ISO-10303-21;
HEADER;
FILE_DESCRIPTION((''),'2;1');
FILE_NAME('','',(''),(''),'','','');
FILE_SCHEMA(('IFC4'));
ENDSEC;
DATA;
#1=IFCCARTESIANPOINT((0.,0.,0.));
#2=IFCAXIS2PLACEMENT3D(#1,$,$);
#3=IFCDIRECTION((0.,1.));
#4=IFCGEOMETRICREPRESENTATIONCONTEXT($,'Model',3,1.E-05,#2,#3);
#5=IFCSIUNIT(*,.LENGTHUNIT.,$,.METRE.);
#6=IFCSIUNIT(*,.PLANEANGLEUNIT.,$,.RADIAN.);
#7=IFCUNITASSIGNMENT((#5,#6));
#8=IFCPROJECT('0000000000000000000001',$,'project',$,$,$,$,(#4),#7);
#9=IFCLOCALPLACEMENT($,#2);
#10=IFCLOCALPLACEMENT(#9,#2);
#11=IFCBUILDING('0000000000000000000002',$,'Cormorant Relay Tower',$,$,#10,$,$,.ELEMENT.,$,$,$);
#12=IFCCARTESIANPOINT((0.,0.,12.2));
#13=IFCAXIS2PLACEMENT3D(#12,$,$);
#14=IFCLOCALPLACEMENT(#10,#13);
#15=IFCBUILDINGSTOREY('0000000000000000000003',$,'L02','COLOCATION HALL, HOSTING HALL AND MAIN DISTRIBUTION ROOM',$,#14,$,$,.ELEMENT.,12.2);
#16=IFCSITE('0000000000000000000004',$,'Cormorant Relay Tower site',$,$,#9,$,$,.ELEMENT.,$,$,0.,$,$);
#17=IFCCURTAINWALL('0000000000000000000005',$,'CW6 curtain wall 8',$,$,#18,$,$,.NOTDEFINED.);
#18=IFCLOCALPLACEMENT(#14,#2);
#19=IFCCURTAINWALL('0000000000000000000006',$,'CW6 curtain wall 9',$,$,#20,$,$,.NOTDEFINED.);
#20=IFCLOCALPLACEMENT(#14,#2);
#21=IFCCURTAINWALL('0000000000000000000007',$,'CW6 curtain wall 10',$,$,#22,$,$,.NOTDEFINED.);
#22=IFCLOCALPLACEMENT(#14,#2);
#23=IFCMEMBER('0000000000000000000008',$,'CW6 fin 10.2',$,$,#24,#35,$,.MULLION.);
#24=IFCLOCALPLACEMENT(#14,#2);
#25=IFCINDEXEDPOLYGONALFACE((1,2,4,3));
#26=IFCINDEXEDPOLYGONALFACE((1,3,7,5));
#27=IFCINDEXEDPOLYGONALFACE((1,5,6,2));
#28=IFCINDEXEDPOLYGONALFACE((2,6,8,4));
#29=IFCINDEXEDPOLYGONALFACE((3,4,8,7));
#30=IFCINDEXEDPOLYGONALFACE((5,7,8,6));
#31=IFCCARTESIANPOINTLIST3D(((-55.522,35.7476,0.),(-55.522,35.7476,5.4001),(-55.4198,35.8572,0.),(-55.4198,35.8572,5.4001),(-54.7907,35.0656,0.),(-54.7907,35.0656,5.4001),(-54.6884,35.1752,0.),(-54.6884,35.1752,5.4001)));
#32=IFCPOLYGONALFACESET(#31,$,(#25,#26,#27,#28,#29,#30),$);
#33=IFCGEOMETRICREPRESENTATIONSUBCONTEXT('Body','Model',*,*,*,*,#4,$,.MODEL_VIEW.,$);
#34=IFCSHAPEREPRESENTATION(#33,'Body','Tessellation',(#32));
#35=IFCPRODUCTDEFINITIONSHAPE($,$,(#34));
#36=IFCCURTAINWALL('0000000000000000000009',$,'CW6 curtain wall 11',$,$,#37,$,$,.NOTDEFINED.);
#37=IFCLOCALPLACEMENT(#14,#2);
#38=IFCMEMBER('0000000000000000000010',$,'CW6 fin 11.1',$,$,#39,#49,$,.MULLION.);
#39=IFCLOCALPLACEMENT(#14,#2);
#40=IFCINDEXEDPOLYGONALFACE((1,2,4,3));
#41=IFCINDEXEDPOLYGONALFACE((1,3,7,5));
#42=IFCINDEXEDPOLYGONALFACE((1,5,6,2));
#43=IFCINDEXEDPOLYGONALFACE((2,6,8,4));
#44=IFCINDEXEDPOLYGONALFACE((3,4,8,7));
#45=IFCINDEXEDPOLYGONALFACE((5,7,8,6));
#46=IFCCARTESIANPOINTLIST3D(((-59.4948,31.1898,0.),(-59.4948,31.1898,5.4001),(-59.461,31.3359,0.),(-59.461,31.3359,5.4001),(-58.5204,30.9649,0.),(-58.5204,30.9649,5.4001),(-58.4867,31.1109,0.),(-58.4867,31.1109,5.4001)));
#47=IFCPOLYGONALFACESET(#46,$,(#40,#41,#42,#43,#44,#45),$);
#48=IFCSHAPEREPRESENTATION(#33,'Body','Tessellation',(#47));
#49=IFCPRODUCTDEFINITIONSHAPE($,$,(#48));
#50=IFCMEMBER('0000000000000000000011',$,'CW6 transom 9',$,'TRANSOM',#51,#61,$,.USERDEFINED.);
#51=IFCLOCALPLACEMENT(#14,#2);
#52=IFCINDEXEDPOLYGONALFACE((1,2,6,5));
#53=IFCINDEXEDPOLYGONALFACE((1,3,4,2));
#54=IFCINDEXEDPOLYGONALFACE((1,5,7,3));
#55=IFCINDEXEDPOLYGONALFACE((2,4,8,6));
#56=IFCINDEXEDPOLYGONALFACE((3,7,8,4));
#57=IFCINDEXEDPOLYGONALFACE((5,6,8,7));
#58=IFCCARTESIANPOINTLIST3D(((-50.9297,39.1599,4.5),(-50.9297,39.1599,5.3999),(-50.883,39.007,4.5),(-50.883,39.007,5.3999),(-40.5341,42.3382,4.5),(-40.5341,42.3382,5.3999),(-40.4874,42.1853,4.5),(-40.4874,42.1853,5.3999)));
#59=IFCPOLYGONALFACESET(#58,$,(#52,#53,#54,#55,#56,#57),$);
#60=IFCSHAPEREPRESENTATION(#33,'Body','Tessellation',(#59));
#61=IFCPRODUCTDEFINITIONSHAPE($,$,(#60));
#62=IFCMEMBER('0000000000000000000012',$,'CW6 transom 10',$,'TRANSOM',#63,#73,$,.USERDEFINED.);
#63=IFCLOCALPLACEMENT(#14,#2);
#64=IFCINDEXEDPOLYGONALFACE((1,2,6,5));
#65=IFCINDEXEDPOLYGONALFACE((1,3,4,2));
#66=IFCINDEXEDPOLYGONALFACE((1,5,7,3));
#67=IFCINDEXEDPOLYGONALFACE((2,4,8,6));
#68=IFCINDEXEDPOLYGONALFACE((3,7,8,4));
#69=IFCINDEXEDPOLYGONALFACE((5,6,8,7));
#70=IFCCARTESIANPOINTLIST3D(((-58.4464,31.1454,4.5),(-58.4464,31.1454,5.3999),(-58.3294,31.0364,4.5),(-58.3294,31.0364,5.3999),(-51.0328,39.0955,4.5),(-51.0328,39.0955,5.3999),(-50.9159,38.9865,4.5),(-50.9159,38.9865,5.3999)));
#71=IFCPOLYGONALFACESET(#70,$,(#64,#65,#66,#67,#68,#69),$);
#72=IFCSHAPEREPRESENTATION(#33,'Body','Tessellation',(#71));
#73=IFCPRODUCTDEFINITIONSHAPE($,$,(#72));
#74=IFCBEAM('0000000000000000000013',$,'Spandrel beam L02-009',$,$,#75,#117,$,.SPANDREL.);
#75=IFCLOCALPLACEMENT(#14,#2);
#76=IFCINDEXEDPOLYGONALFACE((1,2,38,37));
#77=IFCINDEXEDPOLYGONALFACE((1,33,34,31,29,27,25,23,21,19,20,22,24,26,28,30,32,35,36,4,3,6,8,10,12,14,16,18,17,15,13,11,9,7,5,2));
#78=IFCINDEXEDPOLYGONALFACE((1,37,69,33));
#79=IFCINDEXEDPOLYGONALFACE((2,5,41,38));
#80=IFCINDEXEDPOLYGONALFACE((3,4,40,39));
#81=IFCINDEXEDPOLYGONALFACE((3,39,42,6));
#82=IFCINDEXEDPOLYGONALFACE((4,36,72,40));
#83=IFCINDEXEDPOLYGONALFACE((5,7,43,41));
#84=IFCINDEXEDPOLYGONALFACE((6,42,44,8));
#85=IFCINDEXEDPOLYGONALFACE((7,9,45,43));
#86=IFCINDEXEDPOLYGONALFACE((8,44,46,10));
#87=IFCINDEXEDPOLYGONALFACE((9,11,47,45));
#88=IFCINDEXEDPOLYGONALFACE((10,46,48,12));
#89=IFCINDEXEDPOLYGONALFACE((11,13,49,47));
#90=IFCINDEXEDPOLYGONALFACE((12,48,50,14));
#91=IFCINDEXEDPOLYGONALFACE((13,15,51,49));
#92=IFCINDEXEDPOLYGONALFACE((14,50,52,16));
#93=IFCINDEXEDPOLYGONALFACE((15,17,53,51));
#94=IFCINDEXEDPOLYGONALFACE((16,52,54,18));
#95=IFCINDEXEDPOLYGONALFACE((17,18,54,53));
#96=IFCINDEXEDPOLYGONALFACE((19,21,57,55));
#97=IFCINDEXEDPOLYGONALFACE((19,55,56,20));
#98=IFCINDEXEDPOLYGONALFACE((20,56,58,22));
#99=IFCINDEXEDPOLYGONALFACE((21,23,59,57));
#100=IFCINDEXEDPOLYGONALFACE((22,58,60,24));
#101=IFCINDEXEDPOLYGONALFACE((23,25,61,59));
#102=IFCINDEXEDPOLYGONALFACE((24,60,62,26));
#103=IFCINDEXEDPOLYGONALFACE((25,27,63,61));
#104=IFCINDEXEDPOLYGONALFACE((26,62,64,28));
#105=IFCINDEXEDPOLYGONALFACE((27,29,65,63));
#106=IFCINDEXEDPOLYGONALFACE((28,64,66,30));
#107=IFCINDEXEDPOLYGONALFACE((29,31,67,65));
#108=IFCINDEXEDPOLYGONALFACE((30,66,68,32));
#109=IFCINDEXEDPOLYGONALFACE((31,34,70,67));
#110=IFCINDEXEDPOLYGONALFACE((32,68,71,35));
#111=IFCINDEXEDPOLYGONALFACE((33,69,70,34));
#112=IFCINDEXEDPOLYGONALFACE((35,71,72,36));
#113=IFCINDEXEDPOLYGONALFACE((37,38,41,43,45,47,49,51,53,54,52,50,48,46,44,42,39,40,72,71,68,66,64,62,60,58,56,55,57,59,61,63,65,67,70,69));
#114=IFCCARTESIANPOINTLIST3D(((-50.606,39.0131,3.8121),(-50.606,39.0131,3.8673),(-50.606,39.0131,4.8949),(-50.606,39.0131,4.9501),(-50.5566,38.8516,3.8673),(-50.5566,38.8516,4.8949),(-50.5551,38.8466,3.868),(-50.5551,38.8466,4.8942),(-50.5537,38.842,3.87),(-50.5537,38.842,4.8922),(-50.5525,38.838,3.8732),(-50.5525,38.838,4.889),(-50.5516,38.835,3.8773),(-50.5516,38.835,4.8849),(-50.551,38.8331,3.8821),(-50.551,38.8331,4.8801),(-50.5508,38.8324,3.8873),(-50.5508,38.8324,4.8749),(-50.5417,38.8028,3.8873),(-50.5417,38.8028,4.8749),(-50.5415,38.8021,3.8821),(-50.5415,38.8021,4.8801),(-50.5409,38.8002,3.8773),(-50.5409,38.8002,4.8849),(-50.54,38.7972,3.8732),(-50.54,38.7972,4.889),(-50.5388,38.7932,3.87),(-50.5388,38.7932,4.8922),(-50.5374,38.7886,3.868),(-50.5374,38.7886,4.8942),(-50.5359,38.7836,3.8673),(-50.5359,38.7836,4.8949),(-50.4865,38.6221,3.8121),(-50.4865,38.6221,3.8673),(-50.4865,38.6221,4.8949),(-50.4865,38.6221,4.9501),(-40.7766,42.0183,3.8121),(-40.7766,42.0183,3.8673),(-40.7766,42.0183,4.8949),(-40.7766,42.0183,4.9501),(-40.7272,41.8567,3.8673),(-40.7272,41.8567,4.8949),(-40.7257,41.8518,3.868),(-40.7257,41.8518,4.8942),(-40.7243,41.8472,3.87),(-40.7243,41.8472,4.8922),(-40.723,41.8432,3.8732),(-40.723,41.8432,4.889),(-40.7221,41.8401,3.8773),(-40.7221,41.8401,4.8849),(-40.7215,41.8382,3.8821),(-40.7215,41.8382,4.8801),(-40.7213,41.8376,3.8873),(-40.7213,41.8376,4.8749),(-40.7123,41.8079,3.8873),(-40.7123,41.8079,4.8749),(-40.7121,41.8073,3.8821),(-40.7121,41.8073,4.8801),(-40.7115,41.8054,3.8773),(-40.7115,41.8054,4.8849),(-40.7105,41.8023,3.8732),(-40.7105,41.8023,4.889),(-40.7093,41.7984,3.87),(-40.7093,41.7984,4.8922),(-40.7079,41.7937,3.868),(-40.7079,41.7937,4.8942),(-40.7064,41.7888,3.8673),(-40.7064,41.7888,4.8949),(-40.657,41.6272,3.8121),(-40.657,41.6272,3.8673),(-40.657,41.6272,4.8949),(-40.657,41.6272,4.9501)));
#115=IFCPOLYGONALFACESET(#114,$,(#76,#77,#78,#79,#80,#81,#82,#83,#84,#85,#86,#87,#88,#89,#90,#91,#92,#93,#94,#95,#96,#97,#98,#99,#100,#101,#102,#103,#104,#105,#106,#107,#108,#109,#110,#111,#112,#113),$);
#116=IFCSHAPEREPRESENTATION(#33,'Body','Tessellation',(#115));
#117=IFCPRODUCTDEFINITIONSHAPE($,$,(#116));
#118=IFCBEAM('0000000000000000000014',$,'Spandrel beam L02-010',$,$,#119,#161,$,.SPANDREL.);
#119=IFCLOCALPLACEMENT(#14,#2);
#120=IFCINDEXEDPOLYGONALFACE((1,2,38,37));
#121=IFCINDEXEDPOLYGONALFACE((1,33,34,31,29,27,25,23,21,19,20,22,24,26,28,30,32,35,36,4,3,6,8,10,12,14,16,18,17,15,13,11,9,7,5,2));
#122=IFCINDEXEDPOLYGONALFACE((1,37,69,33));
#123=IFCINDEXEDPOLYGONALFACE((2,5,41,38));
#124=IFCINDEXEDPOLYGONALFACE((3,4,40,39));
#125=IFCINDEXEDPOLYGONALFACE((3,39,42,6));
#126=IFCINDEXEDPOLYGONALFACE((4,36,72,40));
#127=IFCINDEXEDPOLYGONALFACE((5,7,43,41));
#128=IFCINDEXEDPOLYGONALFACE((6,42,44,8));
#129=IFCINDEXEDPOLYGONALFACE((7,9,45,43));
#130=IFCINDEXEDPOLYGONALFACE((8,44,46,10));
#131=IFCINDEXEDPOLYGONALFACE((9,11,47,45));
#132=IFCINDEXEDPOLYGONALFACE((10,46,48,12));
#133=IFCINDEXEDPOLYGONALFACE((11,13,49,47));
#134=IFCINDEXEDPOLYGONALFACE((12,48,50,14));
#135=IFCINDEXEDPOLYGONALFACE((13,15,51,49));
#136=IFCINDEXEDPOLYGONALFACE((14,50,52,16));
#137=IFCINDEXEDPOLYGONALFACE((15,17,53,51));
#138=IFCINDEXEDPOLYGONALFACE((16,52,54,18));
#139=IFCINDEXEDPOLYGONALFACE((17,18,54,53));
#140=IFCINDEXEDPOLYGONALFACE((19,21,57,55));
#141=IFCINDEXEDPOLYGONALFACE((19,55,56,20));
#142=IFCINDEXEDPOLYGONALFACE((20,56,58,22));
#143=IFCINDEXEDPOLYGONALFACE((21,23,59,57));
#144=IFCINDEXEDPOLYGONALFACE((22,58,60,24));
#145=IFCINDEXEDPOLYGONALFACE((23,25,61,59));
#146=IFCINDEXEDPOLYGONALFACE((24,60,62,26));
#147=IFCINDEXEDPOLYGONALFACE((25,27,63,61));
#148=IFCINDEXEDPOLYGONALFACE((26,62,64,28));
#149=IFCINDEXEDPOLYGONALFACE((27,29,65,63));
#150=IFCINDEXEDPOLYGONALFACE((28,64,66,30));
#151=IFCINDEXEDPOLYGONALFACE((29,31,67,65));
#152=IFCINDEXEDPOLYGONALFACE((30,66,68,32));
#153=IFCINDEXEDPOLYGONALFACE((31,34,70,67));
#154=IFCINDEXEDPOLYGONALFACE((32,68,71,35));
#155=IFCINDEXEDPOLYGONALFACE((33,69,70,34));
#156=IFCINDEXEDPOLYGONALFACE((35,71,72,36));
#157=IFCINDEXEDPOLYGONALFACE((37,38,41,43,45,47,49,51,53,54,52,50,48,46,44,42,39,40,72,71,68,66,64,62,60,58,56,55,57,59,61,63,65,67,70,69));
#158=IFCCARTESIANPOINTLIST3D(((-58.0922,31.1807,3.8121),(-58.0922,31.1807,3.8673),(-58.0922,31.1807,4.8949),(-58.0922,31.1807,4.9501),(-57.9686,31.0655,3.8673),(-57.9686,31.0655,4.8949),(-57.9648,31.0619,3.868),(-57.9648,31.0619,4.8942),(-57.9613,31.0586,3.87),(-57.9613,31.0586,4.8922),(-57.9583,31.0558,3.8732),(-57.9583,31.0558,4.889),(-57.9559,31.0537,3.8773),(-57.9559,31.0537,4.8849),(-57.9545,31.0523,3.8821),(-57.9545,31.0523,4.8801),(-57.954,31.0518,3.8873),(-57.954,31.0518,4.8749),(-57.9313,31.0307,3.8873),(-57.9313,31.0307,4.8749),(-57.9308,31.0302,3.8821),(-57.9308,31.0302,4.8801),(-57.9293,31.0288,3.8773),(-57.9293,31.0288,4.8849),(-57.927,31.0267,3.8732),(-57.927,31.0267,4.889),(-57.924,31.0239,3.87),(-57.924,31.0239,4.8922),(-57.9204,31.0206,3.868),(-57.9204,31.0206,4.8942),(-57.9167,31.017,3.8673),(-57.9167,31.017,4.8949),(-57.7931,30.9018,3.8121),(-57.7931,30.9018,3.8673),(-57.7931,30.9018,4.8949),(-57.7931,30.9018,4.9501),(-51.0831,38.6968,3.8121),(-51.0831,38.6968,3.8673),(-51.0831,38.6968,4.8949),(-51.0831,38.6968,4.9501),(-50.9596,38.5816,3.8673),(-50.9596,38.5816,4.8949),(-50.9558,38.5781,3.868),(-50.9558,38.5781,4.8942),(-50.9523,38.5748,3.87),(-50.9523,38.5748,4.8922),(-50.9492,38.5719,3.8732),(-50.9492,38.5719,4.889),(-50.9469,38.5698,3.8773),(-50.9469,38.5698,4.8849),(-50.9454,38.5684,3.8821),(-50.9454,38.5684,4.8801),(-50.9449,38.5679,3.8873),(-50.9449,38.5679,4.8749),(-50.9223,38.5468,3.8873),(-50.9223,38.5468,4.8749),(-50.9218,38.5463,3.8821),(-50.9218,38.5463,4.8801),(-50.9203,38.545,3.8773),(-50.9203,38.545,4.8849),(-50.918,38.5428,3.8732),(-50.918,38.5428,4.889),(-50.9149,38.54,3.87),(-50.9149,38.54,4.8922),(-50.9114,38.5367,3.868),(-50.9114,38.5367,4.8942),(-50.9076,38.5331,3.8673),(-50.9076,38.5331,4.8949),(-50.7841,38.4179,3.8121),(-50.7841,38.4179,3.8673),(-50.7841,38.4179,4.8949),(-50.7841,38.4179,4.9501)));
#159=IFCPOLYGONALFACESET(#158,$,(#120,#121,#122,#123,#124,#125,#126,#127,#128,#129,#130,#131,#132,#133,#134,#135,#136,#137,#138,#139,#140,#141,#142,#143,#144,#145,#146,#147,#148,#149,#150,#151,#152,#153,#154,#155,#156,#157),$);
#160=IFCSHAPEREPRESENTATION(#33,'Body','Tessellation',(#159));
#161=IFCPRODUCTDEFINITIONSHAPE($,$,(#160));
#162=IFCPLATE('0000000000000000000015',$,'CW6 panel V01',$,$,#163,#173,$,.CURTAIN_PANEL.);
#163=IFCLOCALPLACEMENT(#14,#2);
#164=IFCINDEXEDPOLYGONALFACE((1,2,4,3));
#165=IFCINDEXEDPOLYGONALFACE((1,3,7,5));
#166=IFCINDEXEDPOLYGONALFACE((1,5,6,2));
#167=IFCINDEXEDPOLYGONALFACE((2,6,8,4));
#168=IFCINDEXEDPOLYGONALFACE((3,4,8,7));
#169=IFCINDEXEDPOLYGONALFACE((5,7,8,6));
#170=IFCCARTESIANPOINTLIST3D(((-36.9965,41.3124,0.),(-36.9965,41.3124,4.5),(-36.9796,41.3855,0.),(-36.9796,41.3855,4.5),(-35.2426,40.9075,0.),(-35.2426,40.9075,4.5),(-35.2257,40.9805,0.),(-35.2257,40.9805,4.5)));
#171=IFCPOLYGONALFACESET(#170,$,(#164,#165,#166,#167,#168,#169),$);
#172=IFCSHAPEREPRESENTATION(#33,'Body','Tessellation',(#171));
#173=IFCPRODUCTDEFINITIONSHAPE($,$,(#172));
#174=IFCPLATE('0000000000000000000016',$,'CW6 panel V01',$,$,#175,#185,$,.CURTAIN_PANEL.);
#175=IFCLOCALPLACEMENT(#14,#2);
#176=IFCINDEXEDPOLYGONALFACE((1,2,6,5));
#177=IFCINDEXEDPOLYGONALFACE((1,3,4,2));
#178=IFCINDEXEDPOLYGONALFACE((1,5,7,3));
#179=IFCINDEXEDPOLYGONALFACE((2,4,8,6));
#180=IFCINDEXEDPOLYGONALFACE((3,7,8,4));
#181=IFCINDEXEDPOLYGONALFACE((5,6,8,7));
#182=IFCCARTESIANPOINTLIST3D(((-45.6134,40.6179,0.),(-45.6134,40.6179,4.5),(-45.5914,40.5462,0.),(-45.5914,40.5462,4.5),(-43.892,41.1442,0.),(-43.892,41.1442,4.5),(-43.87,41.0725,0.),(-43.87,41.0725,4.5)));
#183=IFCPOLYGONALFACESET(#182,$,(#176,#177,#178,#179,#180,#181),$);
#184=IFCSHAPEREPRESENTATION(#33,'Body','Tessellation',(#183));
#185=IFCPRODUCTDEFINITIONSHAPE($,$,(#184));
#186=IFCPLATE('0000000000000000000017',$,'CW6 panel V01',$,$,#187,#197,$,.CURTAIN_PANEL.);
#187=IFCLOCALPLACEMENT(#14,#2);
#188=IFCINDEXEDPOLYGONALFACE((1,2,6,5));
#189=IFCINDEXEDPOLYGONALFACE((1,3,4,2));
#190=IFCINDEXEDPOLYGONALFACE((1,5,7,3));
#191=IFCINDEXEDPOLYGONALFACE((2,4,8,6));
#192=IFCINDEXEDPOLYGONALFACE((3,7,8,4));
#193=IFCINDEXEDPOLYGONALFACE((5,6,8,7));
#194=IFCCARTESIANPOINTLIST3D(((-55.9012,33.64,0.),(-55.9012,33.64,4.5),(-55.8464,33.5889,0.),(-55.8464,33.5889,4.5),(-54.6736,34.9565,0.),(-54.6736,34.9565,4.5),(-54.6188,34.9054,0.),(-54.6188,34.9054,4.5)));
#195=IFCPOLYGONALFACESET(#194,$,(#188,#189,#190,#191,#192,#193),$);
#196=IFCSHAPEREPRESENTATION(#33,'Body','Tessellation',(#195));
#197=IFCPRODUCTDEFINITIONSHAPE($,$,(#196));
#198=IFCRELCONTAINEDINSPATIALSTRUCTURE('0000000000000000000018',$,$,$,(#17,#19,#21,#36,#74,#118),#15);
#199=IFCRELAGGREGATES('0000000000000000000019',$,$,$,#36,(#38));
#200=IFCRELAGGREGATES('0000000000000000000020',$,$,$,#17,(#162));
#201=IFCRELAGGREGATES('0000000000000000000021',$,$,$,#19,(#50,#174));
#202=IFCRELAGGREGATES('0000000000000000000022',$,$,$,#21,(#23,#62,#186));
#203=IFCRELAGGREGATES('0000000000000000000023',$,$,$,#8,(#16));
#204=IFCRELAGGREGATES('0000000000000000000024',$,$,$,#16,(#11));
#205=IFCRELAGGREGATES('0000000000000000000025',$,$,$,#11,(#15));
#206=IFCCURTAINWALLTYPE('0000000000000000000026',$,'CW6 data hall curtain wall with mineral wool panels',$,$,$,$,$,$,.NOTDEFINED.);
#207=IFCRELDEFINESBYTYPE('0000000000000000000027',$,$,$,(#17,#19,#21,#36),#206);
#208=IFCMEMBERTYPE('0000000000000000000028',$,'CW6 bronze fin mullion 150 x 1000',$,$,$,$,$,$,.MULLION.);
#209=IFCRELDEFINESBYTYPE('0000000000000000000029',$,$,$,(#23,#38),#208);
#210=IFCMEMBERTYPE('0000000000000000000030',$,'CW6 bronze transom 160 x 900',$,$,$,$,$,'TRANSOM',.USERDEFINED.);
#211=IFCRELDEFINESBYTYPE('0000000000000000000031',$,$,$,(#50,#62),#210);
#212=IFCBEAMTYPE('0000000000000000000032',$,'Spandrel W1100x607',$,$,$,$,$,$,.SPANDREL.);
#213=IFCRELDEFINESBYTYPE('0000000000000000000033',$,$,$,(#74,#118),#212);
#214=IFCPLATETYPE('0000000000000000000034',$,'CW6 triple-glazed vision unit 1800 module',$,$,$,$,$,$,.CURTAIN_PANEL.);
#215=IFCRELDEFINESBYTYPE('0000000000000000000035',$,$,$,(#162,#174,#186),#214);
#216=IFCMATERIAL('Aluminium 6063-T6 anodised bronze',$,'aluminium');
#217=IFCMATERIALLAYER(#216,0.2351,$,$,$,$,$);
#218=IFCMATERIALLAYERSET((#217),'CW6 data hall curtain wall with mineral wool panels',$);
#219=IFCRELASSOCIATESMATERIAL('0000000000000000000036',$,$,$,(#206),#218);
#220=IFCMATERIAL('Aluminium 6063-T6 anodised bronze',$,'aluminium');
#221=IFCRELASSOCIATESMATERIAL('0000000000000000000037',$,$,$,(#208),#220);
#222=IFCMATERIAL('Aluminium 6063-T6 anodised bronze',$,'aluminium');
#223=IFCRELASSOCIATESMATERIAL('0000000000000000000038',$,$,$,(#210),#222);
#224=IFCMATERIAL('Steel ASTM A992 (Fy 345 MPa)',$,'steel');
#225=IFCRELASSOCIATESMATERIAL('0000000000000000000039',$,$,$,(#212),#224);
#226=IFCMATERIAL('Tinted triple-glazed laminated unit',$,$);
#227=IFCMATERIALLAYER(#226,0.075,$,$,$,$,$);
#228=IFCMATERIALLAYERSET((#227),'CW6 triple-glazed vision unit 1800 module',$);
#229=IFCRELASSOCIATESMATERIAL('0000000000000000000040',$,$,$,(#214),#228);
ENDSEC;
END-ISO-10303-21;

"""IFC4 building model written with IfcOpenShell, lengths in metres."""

from ifc_helpers import new_model, si_unit, direction, frame, origin, origin_2d, place, context, subcontext, project, spatial, rectangle, i_section, extrude, material, layer, layer_set, material_profile, profile_set, type_object, element, aggregate, save


model = new_model("IFC4")

# Units and contexts
model_context = context("Model", 3, precision=1e-05, world=origin(), true_north=direction((0.0, 1.0)))
body_context = subcontext(model_context, "Body", "Model", "MODEL_VIEW")
ifc_project = project(units=[si_unit("LENGTHUNIT", "METRE"), si_unit("PLANEANGLEUNIT", "RADIAN")], contexts=[model_context])

# Site, building, storey
site_placement = place(None, origin())
site = spatial("IfcSite", under=ifc_project, at=site_placement, Name="Cormorant Relay Tower site", CompositionType="ELEMENT", RefElevation=0.0)
building_placement = place(site_placement, origin())
building = spatial("IfcBuilding", under=site, at=building_placement, Name="Cormorant Relay Tower", CompositionType="ELEMENT")
storey_placement = place(building_placement, frame((0.0, 0.0, 12.2)))
storey = spatial("IfcBuildingStorey", under=building, at=storey_placement, Name="L02", Description="COLOCATION HALL, HOSTING HALL AND MAIN DISTRIBUTION ROOM", CompositionType="ELEMENT", Elevation=12.2)

# Curtain wall
ifc_material_1 = material(Name="Aluminium 6063-T6 anodised bronze", Category="aluminium")
ifc_layer_1 = layer(ifc_material_1, 0.2351)
ifc_layer_set_1 = layer_set([ifc_layer_1], Name="CW6 data hall curtain wall with mineral wool panels")
curtain_wall_type = type_object("IfcCurtainWallType", Name="CW6 data hall curtain wall with mineral wool panels", PredefinedType="NOTDEFINED", material=ifc_layer_set_1)
curtain_wall_1_placement = place(storey_placement, origin())
curtain_wall_1 = element("IfcCurtainWall", 1, at=curtain_wall_1_placement, inside=storey, type_object=curtain_wall_type, Name="CW6 curtain wall 8", PredefinedType="NOTDEFINED")
ifc_material_2 = material(Name="Aluminium 6063-T6 anodised bronze", Category="aluminium")
ifc_material_profile_1 = material_profile(ifc_material_2, rectangle(XDim=0.1499, YDim=1.0, at=origin_2d()), Name="AL 150x1000")
ifc_profile_set_1 = profile_set([ifc_material_profile_1], Name="Aluminium 6063-T6 anodised bronze")
member_type_1 = type_object("IfcMemberType", Name="CW6 bronze fin mullion 150 x 1000", PredefinedType="MULLION", material=ifc_profile_set_1)

# Curtain walls, member
curtain_wall_2_placement = place(storey_placement, origin())
curtain_wall_2 = element("IfcCurtainWall", 2, at=curtain_wall_2_placement, inside=storey, type_object=curtain_wall_type, Name="CW6 curtain wall 9", PredefinedType="NOTDEFINED")
curtain_wall_3_placement = place(storey_placement, origin())
curtain_wall_3 = element("IfcCurtainWall", 3, at=curtain_wall_3_placement, inside=storey, type_object=curtain_wall_type, Name="CW6 curtain wall 10", PredefinedType="NOTDEFINED")
member_1_placement = place(storey_placement, frame((-55.1052, 35.4614, 0.0), z_axis=(0.0, 0.0, 1.0), x_axis=(-0.681998, -0.731354, 0.0)))
member_1 = element("IfcMember", 4, at=member_1_placement, type_object=member_type_1, Name="CW6 fin 10.2", PredefinedType="MULLION", context=body_context, shape_type="SweptSolid", body=[
    extrude(rectangle(XDim=0.1499, YDim=1.0, at=origin_2d()), origin(), (0.0, 0.0, 1.0), 5.4001),
])

# Curtain wall, member
curtain_wall_4_placement = place(storey_placement, origin())
curtain_wall_4 = element("IfcCurtainWall", 5, at=curtain_wall_4_placement, inside=storey, type_object=curtain_wall_type, Name="CW6 curtain wall 11", PredefinedType="NOTDEFINED")
member_2_placement = place(storey_placement, frame((-58.9907, 31.1504, 0.0), z_axis=(0.0, 0.0, 1.0), x_axis=(-0.224951, -0.97437, 0.0)))
member_2 = element("IfcMember", 6, at=member_2_placement, type_object=member_type_1, Name="CW6 fin 11.1", PredefinedType="MULLION", context=body_context, shape_type="SweptSolid", body=[
    extrude(rectangle(XDim=0.1499, YDim=1.0, at=origin_2d()), origin(), (0.0, 0.0, 1.0), 5.4001),
])
aggregate(curtain_wall_4, [member_2])

# Members
ifc_material_3 = material(Name="Aluminium 6063-T6 anodised bronze", Category="aluminium")
ifc_material_profile_2 = material_profile(ifc_material_3, rectangle(XDim=0.1599, YDim=0.8999, at=origin_2d()), Name="AL 160x900")
ifc_profile_set_2 = profile_set([ifc_material_profile_2], Name="Aluminium 6063-T6 anodised bronze")
member_type_2 = type_object("IfcMemberType", Name="CW6 bronze transom 160 x 900", ElementType="TRANSOM", PredefinedType="USERDEFINED", material=ifc_profile_set_2)
member_3_placement = place(storey_placement, frame((-40.5107, 42.2617, 4.95), z_axis=(-0.956305, -0.292371, 0.0), x_axis=(0.292371, -0.956305, 0.0)))
member_3 = element("IfcMember", 7, at=member_3_placement, type_object=member_type_2, Name="CW6 transom 9", ObjectType="TRANSOM", PredefinedType="USERDEFINED", context=body_context, shape_type="SweptSolid", body=[
    extrude(rectangle(XDim=0.1599, YDim=0.8999, at=origin_2d()), origin(), (0.0, 0.0, 1.0), 10.8706),
])
member_4_placement = place(storey_placement, frame((-50.9744, 39.041, 4.95), z_axis=(-0.681993, -0.731358, 0.0), x_axis=(0.731358, -0.681993, 0.0)))
member_4 = element("IfcMember", 8, at=member_4_placement, type_object=member_type_2, Name="CW6 transom 10", ObjectType="TRANSOM", PredefinedType="USERDEFINED", context=body_context, shape_type="SweptSolid", body=[
    extrude(rectangle(XDim=0.1599, YDim=0.8999, at=origin_2d()), origin(), (0.0, 0.0, 1.0), 10.8704),
])

# Beams
ifc_material_4 = material(Name="Steel ASTM A992 (Fy 345 MPa)", Category="steel")
ifc_material_profile_3 = material_profile(ifc_material_4, i_section(OverallWidth=0.4089, OverallDepth=1.1379, WebThickness=0.031, FlangeThickness=0.0552, FilletRadius=0.02, at=origin_2d()), Name="W1100x607")
ifc_profile_set_3 = profile_set([ifc_material_profile_3], Name="Steel ASTM A992 (Fy 345 MPa)")
beam_type = type_object("IfcBeamType", Name="Spandrel W1100x607", PredefinedType="SPANDREL", material=ifc_profile_set_3)
beam_1_placement = place(storey_placement, frame((-40.7168, 41.8228, 4.3811), z_axis=(-0.956305, -0.292371, 0.0), x_axis=(0.292371, -0.956305, 0.0)))
element("IfcBeam", 9, at=beam_1_placement, inside=storey, type_object=beam_type, Name="Spandrel beam L02-009", PredefinedType="SPANDREL", context=body_context, shape_type="SweptSolid", body=[
    extrude(i_section(OverallWidth=0.4089, OverallDepth=1.1379, WebThickness=0.031, FlangeThickness=0.0552, FilletRadius=0.02, at=origin_2d()), origin(), (0.0, 0.0, 1.0), 10.2786),
])
beam_2_placement = place(storey_placement, frame((-50.9336, 38.5574, 4.3811), z_axis=(-0.682006, -0.731347, 0.0), x_axis=(0.731347, -0.682006, 0.0)))
element("IfcBeam", 10, at=beam_2_placement, inside=storey, type_object=beam_type, Name="Spandrel beam L02-010", PredefinedType="SPANDREL", context=body_context, shape_type="SweptSolid", body=[
    extrude(i_section(OverallWidth=0.4089, OverallDepth=1.1379, WebThickness=0.031, FlangeThickness=0.0552, FilletRadius=0.02, at=origin_2d()), origin(), (0.0, 0.0, 1.0), 10.2771),
])

# Plates
ifc_material_5 = material(Name="Tinted triple-glazed laminated unit")
ifc_layer_2 = layer(ifc_material_5, 0.075)
ifc_layer_set_2 = layer_set([ifc_layer_2], Name="CW6 triple-glazed vision unit 1800 module")
plate_type = type_object("IfcPlateType", Name="CW6 triple-glazed vision unit 1800 module", PredefinedType="CURTAIN_PANEL", material=ifc_layer_set_2)
plate_1_placement = place(storey_placement, frame((-36.1111, 41.1465, 0.0), z_axis=(0.0, 0.0, 1.0), x_axis=(-0.97437, 0.224951, 0.0)))
plate_1 = element("IfcPlate", 11, at=plate_1_placement, type_object=plate_type, Name="CW6 panel V01", PredefinedType="CURTAIN_PANEL", context=body_context, shape_type="SweptSolid", body=[
    extrude(rectangle(XDim=1.8, YDim=0.075, at=origin_2d()), origin(), (0.0, 0.0, 1.0), 4.5),
])
plate_2_placement = place(storey_placement, frame((-44.7417, 40.8452, 0.0), z_axis=(0.0, 0.0, 1.0), x_axis=(-0.956305, -0.292372, 0.0)))
plate_2 = element("IfcPlate", 12, at=plate_2_placement, type_object=plate_type, Name="CW6 panel V01", PredefinedType="CURTAIN_PANEL", context=body_context, shape_type="SweptSolid", body=[
    extrude(rectangle(XDim=1.8, YDim=0.075, at=origin_2d()), origin(), (0.0, 0.0, 1.0), 4.5),
])
plate_3_placement = place(storey_placement, frame((-55.26, 34.2727, 0.0), z_axis=(0.0, 0.0, 1.0), x_axis=(-0.681998, -0.731354, 0.0)))
plate_3 = element("IfcPlate", 13, at=plate_3_placement, type_object=plate_type, Name="CW6 panel V01", PredefinedType="CURTAIN_PANEL", context=body_context, shape_type="SweptSolid", body=[
    extrude(rectangle(XDim=1.8, YDim=0.075, at=origin_2d()), origin(), (0.0, 0.0, 1.0), 4.5),
])

aggregate(curtain_wall_1, [plate_1])
aggregate(curtain_wall_2, [member_3, plate_2])
aggregate(curtain_wall_3, [member_1, member_4, plate_3])

save(model, "model.ifc")
